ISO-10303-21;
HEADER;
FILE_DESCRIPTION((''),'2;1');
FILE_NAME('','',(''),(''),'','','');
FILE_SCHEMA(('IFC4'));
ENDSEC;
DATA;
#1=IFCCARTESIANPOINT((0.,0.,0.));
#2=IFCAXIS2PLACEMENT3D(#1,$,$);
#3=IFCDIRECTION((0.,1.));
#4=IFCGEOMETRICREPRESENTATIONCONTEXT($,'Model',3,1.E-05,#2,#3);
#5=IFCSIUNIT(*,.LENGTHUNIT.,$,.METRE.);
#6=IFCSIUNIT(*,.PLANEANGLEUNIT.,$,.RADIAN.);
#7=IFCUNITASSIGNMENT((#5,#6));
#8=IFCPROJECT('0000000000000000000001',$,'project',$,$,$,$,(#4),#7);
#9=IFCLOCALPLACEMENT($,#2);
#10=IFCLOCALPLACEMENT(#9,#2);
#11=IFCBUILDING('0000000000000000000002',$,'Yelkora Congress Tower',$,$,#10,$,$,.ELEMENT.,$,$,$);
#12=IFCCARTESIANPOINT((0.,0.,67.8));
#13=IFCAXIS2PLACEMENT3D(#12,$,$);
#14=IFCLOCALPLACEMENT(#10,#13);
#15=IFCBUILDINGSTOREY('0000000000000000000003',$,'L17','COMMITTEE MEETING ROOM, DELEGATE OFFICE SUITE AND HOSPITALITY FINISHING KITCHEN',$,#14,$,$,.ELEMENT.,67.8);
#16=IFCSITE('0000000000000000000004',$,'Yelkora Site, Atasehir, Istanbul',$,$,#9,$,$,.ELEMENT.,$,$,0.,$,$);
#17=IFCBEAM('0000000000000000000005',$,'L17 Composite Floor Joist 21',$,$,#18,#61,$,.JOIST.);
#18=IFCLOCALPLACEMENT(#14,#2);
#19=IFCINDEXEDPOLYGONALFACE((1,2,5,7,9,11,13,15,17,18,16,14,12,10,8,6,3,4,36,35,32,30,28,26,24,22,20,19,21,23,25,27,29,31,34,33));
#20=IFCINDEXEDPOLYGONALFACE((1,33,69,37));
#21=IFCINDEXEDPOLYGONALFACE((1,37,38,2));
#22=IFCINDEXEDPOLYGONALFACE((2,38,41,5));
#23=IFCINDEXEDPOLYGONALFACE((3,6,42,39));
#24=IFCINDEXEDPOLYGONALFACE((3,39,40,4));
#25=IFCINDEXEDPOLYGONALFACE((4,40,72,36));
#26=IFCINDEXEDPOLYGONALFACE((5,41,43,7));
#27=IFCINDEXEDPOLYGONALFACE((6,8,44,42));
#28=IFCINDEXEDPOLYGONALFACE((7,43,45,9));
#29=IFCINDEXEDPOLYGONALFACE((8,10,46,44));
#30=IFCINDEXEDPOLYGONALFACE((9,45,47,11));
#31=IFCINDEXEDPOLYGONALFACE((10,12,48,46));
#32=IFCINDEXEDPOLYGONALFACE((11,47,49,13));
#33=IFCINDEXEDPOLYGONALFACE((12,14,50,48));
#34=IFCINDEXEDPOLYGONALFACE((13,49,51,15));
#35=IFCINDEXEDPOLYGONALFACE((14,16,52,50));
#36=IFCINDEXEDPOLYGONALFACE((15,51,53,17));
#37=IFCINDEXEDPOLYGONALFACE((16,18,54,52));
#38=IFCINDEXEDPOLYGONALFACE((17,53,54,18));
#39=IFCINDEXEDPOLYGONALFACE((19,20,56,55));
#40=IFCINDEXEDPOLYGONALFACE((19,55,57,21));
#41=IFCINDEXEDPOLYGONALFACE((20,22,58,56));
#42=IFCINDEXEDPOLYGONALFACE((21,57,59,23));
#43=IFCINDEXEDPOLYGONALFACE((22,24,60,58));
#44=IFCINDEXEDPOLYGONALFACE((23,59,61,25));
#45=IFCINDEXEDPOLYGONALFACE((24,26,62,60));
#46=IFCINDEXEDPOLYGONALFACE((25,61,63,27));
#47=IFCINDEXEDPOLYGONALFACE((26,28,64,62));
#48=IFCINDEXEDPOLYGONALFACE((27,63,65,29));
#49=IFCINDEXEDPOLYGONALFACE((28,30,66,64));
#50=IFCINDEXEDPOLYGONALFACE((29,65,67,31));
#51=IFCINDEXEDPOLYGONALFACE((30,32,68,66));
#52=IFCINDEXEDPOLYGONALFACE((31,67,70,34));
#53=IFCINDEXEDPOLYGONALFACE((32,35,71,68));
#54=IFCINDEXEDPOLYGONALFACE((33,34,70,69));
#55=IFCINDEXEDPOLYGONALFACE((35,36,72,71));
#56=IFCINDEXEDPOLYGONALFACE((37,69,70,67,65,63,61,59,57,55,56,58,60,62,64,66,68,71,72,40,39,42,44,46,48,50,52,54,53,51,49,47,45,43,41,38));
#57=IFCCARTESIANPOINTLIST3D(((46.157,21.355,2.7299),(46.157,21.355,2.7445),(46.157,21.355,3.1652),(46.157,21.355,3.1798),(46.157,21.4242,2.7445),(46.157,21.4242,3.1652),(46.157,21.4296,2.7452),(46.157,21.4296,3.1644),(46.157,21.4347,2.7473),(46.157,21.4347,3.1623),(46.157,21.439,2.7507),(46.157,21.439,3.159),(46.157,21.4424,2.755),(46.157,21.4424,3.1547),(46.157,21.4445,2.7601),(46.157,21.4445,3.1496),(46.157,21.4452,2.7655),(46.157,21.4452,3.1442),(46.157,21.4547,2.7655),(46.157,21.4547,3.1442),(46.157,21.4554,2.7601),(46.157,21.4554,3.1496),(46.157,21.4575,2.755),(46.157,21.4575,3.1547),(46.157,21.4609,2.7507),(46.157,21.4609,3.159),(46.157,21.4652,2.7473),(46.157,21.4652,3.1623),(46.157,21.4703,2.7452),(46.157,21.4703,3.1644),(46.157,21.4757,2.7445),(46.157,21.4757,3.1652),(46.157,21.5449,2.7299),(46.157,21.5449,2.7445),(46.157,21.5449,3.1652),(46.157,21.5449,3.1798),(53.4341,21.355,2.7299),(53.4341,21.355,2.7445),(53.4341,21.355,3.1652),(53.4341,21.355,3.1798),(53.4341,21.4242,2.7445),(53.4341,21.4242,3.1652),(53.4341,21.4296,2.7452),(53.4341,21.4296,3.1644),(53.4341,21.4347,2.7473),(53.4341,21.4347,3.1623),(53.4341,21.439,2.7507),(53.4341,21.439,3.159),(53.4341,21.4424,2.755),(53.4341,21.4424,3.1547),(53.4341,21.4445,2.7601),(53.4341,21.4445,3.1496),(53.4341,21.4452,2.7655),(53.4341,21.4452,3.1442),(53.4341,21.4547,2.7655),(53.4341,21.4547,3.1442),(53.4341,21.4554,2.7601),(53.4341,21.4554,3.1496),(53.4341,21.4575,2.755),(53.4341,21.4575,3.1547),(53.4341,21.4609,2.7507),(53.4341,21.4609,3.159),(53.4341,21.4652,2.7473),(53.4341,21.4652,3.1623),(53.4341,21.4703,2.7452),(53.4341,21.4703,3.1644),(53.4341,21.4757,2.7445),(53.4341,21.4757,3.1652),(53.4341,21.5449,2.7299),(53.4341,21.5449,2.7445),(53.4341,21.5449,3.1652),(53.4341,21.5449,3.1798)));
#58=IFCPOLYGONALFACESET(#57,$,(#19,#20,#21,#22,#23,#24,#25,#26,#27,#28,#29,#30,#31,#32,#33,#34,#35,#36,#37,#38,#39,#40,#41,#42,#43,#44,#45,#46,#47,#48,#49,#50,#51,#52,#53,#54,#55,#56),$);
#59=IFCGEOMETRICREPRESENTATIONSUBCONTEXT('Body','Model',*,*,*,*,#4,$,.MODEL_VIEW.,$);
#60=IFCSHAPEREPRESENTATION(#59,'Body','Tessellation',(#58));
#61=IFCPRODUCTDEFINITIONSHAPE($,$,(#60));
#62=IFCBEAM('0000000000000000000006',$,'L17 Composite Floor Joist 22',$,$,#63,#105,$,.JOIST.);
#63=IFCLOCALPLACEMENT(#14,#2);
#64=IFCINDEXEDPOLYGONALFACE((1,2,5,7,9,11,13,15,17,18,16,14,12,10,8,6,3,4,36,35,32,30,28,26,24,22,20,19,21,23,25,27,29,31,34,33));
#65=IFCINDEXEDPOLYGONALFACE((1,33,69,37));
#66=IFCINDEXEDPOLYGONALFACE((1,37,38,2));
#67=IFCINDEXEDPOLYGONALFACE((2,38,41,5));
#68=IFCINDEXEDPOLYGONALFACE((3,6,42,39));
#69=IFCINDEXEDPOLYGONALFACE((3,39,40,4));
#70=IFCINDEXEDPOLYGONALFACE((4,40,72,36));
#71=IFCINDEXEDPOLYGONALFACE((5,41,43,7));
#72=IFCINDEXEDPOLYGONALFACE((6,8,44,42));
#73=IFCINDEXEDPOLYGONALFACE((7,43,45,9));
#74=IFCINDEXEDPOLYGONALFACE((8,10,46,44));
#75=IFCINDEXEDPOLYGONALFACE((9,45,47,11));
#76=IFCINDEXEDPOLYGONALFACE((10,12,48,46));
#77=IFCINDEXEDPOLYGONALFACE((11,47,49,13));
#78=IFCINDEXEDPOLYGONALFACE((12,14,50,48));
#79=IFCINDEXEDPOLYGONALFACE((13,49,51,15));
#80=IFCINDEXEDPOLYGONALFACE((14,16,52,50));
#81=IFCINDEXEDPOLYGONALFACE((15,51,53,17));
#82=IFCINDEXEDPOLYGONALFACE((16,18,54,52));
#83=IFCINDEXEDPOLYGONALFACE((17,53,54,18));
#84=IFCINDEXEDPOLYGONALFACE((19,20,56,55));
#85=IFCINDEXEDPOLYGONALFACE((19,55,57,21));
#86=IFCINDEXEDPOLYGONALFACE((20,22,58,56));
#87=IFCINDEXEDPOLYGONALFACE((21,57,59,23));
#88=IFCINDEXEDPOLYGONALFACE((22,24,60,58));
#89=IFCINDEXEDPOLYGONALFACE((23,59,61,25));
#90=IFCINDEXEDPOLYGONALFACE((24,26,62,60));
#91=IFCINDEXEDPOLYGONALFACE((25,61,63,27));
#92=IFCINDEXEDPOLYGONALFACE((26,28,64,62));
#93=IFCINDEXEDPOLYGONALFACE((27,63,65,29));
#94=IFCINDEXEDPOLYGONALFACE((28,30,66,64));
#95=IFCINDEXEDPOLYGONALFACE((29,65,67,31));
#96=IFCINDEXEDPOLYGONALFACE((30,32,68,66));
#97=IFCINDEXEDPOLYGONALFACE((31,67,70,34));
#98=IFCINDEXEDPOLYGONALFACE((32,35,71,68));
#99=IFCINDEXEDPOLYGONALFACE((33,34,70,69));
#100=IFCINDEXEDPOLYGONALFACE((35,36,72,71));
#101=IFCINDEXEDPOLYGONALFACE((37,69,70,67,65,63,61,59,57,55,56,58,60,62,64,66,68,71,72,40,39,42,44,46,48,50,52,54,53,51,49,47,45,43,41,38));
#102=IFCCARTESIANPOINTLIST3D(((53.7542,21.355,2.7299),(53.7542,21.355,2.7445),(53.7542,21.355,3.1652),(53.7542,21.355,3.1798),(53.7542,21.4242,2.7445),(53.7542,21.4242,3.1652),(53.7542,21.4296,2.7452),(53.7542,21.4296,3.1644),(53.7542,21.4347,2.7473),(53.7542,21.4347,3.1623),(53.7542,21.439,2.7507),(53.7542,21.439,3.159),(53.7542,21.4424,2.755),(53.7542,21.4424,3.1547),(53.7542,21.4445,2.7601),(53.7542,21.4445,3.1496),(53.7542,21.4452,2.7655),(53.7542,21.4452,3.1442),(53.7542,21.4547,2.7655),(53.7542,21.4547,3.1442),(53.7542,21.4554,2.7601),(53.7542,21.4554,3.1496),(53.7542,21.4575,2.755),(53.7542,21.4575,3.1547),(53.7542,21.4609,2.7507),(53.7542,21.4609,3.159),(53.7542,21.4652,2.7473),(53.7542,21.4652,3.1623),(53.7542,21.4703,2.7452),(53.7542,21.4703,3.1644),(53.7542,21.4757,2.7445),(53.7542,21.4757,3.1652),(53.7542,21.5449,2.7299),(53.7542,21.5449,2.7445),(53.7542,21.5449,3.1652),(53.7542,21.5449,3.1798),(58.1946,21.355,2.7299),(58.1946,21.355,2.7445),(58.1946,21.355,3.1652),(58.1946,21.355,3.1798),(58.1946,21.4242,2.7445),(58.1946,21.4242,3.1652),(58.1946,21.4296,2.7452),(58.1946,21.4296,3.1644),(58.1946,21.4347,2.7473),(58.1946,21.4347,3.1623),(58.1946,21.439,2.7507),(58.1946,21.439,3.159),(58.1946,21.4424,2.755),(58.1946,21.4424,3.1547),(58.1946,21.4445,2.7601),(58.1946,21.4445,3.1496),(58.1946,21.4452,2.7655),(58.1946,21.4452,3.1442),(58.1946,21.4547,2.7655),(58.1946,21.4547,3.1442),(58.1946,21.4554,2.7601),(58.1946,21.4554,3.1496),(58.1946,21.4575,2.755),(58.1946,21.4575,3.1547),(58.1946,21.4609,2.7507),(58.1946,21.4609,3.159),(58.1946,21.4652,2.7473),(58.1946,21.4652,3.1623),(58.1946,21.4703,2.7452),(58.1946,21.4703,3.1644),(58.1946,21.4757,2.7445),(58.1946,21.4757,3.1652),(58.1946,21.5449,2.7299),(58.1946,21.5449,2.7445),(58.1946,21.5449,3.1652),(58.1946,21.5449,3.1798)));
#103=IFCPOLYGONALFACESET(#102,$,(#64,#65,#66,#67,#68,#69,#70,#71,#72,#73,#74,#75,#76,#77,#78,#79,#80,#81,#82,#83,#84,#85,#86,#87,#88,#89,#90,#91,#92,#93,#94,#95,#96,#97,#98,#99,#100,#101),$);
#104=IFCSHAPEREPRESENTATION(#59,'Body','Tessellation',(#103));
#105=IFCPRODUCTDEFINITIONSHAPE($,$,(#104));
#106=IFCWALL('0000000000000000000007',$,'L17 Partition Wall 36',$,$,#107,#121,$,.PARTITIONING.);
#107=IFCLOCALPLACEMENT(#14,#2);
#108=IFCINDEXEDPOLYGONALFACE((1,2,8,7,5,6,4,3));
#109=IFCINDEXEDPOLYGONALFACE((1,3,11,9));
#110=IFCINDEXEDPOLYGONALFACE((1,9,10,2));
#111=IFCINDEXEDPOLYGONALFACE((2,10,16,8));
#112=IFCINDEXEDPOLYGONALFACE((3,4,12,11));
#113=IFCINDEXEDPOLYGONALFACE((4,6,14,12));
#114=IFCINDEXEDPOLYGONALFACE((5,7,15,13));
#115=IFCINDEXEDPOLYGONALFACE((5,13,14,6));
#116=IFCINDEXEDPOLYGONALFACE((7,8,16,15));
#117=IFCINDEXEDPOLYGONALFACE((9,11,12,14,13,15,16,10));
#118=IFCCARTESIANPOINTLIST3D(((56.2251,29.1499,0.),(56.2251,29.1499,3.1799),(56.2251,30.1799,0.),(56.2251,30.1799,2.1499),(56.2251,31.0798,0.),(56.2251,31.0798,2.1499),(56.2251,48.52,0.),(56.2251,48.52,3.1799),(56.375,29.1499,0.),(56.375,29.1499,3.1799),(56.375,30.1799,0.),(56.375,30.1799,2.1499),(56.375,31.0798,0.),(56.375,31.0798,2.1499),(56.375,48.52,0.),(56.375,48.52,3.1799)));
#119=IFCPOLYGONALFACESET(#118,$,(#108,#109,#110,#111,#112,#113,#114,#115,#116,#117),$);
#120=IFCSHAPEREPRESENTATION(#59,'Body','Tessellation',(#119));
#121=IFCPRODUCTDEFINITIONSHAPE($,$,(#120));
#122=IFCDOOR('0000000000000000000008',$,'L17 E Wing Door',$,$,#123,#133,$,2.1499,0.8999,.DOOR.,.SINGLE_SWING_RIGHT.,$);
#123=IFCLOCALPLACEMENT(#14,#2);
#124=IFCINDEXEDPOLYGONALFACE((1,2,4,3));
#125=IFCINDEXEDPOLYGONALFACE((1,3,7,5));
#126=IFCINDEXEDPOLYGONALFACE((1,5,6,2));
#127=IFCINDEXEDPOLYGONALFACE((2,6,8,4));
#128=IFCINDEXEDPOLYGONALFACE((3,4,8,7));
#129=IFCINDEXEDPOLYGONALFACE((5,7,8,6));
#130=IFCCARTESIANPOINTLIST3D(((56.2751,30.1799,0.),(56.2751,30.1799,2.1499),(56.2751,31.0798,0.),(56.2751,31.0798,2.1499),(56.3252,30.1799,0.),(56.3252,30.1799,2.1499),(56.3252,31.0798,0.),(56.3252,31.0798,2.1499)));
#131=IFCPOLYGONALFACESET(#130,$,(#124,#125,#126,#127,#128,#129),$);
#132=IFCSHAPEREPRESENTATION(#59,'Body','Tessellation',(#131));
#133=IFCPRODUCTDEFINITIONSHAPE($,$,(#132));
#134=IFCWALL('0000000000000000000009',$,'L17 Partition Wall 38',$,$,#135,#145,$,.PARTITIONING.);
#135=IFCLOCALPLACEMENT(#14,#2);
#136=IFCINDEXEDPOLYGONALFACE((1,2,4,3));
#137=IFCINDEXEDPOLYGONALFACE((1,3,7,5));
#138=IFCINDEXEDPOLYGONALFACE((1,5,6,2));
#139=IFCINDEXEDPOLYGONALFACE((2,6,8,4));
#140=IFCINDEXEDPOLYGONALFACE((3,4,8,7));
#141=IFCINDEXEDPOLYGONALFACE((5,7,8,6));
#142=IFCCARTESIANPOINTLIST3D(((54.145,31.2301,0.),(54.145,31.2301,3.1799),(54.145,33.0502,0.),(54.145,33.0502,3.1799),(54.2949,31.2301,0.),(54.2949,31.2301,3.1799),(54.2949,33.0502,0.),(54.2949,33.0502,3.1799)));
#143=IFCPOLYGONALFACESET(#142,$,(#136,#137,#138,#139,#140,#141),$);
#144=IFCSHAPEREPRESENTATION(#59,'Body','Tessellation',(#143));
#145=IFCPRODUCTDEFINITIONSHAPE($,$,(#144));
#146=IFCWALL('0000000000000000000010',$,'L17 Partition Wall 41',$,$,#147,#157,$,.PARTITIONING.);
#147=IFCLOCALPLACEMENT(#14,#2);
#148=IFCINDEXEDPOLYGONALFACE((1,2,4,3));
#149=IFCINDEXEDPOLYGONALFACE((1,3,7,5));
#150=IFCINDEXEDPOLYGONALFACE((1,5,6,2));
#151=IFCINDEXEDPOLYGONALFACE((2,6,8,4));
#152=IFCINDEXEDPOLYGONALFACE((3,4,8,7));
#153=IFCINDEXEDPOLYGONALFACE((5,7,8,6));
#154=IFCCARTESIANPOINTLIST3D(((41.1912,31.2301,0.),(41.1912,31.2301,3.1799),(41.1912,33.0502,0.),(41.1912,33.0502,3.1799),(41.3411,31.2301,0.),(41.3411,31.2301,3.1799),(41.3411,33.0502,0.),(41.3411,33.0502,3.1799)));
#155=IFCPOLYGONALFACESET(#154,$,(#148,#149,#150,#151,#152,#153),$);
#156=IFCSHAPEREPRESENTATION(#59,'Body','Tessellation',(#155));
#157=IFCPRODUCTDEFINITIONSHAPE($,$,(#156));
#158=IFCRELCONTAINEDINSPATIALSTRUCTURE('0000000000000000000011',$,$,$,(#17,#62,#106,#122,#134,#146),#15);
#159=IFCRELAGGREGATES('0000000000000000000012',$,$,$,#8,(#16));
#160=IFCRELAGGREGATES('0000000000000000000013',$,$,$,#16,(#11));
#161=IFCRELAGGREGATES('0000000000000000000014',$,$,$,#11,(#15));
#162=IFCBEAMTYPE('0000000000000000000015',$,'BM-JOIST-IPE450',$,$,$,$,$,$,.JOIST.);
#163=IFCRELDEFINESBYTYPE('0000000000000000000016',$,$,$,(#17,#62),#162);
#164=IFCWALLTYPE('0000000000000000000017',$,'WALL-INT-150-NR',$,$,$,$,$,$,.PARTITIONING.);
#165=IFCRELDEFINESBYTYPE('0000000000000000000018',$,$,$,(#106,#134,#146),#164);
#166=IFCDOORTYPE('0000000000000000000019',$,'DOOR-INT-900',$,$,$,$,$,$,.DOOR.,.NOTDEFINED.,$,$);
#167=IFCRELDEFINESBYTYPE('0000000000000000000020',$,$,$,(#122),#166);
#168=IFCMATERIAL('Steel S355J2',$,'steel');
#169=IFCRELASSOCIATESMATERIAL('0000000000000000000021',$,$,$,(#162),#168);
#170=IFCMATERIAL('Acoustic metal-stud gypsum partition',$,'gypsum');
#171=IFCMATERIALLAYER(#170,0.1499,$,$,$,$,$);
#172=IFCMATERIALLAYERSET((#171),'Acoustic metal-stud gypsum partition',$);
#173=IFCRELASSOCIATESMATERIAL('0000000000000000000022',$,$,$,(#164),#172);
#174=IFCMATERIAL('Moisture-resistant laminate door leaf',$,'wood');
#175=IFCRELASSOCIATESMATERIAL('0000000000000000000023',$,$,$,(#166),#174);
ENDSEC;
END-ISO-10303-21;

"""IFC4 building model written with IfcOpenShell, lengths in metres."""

from ifc_helpers import new_model, si_unit, direction, frame, frame_2d, origin, origin_2d, place, context, subcontext, project, spatial, rectangle, i_section, extrude, material, layer, layer_set, material_profile, profile_set, type_object, element, fill, save


model = new_model("IFC4")

# Units and contexts
model_context = context("Model", 3, precision=1e-05, world=origin(), true_north=direction((0.0, 1.0)))
body_context = subcontext(model_context, "Body", "Model", "MODEL_VIEW")
ifc_project = project(units=[si_unit("LENGTHUNIT", "METRE"), si_unit("PLANEANGLEUNIT", "RADIAN")], contexts=[model_context])

# Site, building, storey
site_placement = place(None, origin())
site = spatial("IfcSite", under=ifc_project, at=site_placement, Name="Yelkora Site, Atasehir, Istanbul", CompositionType="ELEMENT", RefElevation=0.0)
building_placement = place(site_placement, origin())
building = spatial("IfcBuilding", under=site, at=building_placement, Name="Yelkora Congress Tower", CompositionType="ELEMENT")
storey_placement = place(building_placement, frame((0.0, 0.0, 67.8)))
storey = spatial("IfcBuildingStorey", under=building, at=storey_placement, Name="L17", Description="COMMITTEE MEETING ROOM, DELEGATE OFFICE SUITE AND HOSPITALITY FINISHING KITCHEN", CompositionType="ELEMENT", Elevation=67.8)

# Beams
ifc_material_1 = material(Name="Steel S355J2", Category="steel")
ifc_material_profile_1 = material_profile(ifc_material_1, i_section(OverallWidth=0.1899, OverallDepth=0.45, WebThickness=0.0095, FlangeThickness=0.0146, FilletRadius=0.021, at=origin_2d()), Name="IPE 450")
ifc_profile_set_1 = profile_set([ifc_material_profile_1], Name="Steel S355J2")
beam_type_1 = type_object("IfcBeamType", Name="BM-JOIST-IPE450", PredefinedType="JOIST", material=ifc_profile_set_1)
beam_1_placement = place(storey_placement, frame((46.157, 21.45, 2.9548), z_axis=(1.0, 0.0, 0.0), x_axis=(0.0, 1.0, 0.0)))
element("IfcBeam", 1, at=beam_1_placement, inside=storey, type_object=beam_type_1, Name="L17 Composite Floor Joist 21", PredefinedType="JOIST", context=body_context, shape_type="SweptSolid", body=[
    extrude(i_section(OverallWidth=0.1899, OverallDepth=0.45, WebThickness=0.0095, FlangeThickness=0.0146, FilletRadius=0.021, at=origin_2d()), origin(), (0.0, 0.0, 1.0), 7.2771),
])
beam_2_placement = place(storey_placement, frame((53.7542, 21.45, 2.9548), z_axis=(1.0, 0.0, 0.0), x_axis=(0.0, 1.0, 0.0)))
element("IfcBeam", 2, at=beam_2_placement, inside=storey, type_object=beam_type_1, Name="L17 Composite Floor Joist 22", PredefinedType="JOIST", context=body_context, shape_type="SweptSolid", body=[
    extrude(i_section(OverallWidth=0.1899, OverallDepth=0.45, WebThickness=0.0095, FlangeThickness=0.0146, FilletRadius=0.021, at=origin_2d()), origin(), (0.0, 0.0, 1.0), 4.4404),
])

# Wall, opening, door
ifc_material_2 = material(Name="Acoustic metal-stud gypsum partition", Category="gypsum")
ifc_layer_1 = layer(ifc_material_2, 0.1499)
ifc_layer_set_1 = layer_set([ifc_layer_1], Name="Acoustic metal-stud gypsum partition")
wall_type_1 = type_object("IfcWallType", Name="WALL-INT-150-NR", PredefinedType="PARTITIONING", material=ifc_layer_set_1)
wall_1_placement = place(storey_placement, frame((56.3, 29.1499, 0.0), z_axis=(0.0, 0.0, 1.0), x_axis=(0.0, 1.0, 0.0)))
wall_1 = element("IfcWall", 3, at=wall_1_placement, inside=storey, type_object=wall_type_1, Name="L17 Partition Wall 36", PredefinedType="PARTITIONING", context=body_context, shape_type="SweptSolid", body=[
    extrude(rectangle(XDim=19.3701, YDim=0.1499, at=frame_2d((9.6851, 0.0))), origin(), (0.0, 0.0, 1.0), 3.1799),
])
opening_1_placement = place(wall_1_placement, frame((1.03, 0.0, 0.0)))
opening_1 = element("IfcOpeningElement", 4, at=opening_1_placement, cuts=wall_1, PredefinedType="OPENING", context=body_context, shape_type="SweptSolid", body=[
    extrude(rectangle(XDim=0.8999, YDim=2.1499, at=frame_2d((0.45, 1.075))), frame((0.0, 0.085, 0.0), z_axis=(0.0, -1.0, 0.0), x_axis=(1.0, 0.0, 0.0)), (0.0, 0.0, 1.0), 0.1699),
])
ifc_material_3 = material(Name="Moisture-resistant laminate door leaf", Category="wood")
door_type_1 = type_object("IfcDoorType", Name="DOOR-INT-900", OperationType="NOTDEFINED", PredefinedType="DOOR", material=ifc_material_3)
door_1_placement = place(opening_1_placement, origin())
door_1 = element("IfcDoor", 5, at=door_1_placement, inside=storey, type_object=door_type_1, Name="L17 E Wing Door", OperationType="SINGLE_SWING_RIGHT", OverallHeight=2.1499, OverallWidth=0.8999, PredefinedType="DOOR", context=body_context, shape_type="SweptSolid", body=[
    extrude(rectangle(XDim=0.8999, YDim=2.1499, at=frame_2d((0.45, 1.075))), frame((0.0, 0.0249, 0.0), z_axis=(0.0, -1.0, 0.0), x_axis=(1.0, 0.0, 0.0)), (0.0, 0.0, 1.0), 0.05),
])
fill(opening_1, door_1)

# Walls
for number, where, z_axis, x_axis, name in (
    (6, (54.22, 31.23, 0.0), (0.0, 0.0, 1.0), (0.0, 1.0, 0.0), "L17 Partition Wall 38"),
    (7, (41.2661, 31.23, 0.0), (0.0, 0.0, 1.0), (0.0, 1.0, 0.0), "L17 Partition Wall 41"),
):
    element("IfcWall", number, at=place(storey_placement, frame(where, z_axis=z_axis, x_axis=x_axis)), inside=storey, type_object=wall_type_1, Name=name, PredefinedType="PARTITIONING", context=body_context, shape_type="SweptSolid", body=[
        extrude(rectangle(XDim=1.8201, YDim=0.1499, at=frame_2d((0.9102, 0.0))), origin(), (0.0, 0.0, 1.0), 3.1799),
    ])

save(model, "model.ifc")
